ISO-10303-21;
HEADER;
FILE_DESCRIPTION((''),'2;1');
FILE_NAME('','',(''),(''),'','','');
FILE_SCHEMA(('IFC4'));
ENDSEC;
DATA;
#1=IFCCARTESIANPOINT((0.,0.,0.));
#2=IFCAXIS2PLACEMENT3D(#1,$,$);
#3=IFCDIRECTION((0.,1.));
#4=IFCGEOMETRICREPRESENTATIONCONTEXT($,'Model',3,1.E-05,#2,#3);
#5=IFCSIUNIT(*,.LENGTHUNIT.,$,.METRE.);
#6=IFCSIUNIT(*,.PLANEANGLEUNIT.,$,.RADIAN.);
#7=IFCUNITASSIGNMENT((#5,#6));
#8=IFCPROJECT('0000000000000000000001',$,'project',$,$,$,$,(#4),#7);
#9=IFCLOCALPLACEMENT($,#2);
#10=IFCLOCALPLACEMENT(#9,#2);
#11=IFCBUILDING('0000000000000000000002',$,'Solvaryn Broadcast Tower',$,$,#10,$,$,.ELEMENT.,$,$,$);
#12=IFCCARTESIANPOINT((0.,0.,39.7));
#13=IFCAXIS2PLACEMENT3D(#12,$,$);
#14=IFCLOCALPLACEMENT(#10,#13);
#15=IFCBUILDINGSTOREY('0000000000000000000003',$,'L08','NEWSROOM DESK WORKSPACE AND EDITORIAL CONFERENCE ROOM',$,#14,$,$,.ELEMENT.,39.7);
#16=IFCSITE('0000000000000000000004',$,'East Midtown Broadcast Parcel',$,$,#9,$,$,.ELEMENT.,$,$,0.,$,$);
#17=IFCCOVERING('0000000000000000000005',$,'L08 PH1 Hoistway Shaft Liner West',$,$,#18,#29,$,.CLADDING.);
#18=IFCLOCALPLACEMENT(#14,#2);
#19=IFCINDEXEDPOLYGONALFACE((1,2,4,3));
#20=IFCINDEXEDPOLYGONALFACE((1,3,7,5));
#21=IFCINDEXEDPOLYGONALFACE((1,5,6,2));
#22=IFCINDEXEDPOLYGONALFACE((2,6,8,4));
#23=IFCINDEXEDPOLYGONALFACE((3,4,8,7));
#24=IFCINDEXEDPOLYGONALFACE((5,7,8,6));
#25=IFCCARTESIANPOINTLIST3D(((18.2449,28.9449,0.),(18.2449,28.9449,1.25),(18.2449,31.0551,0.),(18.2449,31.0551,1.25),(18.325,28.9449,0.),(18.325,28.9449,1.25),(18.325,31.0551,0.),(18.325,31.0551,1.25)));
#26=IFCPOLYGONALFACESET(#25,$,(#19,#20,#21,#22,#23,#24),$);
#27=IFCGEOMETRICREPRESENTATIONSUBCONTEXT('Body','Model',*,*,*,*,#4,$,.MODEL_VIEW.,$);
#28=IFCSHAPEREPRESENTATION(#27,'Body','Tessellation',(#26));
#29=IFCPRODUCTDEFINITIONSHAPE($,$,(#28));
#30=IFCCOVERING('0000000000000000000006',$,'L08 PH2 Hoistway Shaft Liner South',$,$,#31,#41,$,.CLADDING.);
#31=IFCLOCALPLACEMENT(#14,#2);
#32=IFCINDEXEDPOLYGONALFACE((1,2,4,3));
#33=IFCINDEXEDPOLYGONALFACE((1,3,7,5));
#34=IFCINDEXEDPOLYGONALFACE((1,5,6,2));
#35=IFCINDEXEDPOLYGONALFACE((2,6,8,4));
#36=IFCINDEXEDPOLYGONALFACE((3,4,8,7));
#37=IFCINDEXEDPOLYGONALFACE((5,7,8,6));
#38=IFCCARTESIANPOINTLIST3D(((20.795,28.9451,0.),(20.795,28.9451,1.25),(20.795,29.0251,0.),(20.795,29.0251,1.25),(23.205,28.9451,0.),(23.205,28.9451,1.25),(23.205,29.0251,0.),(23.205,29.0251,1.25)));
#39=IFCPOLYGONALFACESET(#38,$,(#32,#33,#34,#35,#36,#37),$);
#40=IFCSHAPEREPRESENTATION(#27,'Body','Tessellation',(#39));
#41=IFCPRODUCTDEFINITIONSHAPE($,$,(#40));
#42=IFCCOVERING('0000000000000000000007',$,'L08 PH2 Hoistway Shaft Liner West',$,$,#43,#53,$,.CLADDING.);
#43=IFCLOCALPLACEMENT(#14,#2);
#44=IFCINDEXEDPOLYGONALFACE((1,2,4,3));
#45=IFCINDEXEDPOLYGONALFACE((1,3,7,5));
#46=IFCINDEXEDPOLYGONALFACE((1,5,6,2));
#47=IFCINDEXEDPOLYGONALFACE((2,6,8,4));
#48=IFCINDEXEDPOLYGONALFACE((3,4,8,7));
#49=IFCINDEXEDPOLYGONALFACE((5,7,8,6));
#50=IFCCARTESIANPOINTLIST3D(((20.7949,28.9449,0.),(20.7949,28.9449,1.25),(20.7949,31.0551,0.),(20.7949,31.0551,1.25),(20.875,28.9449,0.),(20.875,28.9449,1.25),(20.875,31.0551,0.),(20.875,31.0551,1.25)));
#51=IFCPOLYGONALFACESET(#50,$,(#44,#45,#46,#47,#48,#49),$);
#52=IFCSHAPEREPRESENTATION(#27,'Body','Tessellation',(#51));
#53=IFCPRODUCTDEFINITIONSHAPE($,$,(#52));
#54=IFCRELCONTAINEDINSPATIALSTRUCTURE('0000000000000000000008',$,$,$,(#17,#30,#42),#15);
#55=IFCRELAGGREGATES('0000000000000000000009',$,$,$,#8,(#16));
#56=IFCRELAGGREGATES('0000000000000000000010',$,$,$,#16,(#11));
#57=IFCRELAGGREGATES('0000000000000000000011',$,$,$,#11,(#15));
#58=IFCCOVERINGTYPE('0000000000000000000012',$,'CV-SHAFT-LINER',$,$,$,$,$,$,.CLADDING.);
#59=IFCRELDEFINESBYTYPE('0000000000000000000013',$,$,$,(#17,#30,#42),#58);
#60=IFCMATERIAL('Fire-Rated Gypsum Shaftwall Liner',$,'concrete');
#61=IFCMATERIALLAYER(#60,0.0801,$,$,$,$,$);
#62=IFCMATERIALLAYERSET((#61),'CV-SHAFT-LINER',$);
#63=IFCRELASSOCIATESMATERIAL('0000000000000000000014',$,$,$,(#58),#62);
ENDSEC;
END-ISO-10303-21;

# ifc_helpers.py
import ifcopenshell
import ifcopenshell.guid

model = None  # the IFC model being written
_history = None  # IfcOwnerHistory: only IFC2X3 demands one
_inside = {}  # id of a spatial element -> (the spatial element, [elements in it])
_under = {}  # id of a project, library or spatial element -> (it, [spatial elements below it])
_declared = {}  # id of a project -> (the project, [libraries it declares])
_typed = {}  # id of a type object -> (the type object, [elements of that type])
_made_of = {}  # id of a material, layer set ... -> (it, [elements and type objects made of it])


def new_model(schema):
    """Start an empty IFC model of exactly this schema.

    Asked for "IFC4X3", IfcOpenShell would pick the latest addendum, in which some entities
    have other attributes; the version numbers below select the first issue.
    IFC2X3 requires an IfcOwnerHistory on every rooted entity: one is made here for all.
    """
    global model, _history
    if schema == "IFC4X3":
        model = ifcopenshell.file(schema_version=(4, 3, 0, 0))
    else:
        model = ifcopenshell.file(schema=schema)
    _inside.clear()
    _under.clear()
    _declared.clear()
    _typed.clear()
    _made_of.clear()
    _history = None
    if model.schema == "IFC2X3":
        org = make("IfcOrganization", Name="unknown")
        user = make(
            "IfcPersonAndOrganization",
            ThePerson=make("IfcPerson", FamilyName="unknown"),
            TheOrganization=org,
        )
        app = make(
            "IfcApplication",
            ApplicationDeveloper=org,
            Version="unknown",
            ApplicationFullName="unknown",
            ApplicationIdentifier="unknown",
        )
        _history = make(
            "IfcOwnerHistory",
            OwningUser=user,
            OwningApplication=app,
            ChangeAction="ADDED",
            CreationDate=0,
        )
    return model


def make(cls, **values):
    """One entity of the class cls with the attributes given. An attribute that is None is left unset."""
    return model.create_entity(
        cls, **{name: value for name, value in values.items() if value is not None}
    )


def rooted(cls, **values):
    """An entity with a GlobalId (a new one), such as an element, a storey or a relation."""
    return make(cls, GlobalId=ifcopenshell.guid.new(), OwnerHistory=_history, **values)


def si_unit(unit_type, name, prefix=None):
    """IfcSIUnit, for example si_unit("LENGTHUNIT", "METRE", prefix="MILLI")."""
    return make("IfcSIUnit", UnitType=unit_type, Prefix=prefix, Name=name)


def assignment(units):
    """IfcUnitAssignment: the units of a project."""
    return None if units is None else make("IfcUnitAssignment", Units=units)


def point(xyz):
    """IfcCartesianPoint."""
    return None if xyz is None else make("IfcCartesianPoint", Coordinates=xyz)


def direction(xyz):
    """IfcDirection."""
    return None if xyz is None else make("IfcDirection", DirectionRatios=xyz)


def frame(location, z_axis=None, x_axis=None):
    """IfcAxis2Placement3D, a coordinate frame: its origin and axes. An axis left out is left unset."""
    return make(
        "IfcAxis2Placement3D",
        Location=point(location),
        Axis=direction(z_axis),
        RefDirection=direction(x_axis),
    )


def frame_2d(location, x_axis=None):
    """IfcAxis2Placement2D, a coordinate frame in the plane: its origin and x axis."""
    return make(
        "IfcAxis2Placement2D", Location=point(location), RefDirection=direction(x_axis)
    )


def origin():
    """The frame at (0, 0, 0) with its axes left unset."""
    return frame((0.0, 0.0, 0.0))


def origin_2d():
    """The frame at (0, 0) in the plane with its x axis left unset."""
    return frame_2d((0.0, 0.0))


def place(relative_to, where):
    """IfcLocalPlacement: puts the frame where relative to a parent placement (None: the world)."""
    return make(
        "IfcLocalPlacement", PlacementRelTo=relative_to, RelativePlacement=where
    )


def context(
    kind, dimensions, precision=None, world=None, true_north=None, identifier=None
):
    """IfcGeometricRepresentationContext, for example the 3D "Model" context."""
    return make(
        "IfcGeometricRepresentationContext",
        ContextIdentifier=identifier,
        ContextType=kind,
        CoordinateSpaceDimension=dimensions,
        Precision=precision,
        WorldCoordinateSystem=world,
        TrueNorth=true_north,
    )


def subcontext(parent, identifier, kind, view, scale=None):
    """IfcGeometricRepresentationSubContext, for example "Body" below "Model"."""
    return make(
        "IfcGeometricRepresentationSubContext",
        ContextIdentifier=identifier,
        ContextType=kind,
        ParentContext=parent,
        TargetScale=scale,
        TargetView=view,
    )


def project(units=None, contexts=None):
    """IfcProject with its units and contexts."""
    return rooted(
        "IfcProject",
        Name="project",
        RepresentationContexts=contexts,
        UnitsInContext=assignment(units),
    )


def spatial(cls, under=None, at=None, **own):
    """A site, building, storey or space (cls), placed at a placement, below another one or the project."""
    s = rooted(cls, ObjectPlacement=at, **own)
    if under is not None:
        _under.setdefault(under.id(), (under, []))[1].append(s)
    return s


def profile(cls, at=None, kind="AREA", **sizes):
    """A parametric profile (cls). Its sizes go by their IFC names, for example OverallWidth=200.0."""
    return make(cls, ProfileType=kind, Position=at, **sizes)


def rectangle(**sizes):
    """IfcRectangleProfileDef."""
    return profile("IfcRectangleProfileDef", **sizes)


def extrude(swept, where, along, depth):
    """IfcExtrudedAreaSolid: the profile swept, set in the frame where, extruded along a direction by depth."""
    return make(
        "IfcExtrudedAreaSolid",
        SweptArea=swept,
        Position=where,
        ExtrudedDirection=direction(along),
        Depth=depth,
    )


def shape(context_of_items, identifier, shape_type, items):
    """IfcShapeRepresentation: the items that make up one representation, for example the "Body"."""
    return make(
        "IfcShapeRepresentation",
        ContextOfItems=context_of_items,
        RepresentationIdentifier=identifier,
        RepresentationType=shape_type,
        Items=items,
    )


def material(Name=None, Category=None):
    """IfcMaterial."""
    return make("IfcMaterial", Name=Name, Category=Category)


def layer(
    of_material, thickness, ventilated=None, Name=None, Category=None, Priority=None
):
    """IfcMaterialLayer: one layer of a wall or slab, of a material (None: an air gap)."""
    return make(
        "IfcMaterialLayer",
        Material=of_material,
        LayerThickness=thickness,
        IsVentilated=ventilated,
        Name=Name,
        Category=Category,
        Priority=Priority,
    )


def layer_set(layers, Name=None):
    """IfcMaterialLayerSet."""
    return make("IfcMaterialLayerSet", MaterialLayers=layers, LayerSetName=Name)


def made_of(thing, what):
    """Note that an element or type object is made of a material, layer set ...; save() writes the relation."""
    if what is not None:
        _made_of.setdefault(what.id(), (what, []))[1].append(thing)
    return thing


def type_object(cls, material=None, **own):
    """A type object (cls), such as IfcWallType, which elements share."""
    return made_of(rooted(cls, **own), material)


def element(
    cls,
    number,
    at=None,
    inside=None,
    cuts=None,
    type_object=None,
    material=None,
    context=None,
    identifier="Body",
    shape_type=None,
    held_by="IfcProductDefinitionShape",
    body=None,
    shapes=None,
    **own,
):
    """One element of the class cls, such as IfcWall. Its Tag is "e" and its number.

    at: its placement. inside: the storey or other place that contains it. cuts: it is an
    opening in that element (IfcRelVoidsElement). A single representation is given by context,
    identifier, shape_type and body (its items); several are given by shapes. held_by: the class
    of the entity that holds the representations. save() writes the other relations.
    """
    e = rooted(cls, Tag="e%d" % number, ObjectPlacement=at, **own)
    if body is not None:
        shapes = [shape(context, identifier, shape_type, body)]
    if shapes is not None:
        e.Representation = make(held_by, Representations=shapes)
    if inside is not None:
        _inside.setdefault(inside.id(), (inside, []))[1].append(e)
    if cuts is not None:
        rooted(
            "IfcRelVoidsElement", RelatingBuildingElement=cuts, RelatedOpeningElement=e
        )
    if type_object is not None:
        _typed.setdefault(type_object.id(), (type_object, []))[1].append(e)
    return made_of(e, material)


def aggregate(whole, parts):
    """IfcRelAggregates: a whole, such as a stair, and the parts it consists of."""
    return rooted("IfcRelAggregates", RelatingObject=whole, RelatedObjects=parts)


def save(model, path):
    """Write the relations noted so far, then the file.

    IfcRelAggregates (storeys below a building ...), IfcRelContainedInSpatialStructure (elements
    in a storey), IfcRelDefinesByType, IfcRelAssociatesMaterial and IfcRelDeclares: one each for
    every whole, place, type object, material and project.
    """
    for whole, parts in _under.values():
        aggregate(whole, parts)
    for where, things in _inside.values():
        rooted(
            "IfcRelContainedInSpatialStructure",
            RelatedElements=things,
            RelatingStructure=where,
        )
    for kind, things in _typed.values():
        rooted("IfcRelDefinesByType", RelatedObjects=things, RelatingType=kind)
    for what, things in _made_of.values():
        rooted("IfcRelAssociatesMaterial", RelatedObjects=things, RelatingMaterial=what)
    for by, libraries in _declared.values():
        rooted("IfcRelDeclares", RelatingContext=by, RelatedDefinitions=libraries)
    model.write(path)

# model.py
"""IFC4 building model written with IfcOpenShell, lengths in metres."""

from ifc_helpers import new_model, si_unit, direction, frame, origin, origin_2d, place, context, subcontext, project, spatial, rectangle, extrude, material, layer, layer_set, type_object, element, save


model = new_model("IFC4")

# Units and contexts
model_context = context("Model", 3, precision=1e-05, world=origin(), true_north=direction((0.0, 1.0)))
body_context = subcontext(model_context, "Body", "Model", "MODEL_VIEW")
ifc_project = project(units=[si_unit("LENGTHUNIT", "METRE"), si_unit("PLANEANGLEUNIT", "RADIAN")], contexts=[model_context])

# Site, building, storey
site_placement = place(None, origin())
site = spatial("IfcSite", under=ifc_project, at=site_placement, Name="East Midtown Broadcast Parcel", CompositionType="ELEMENT", RefElevation=0.0)
building_placement = place(site_placement, origin())
building = spatial("IfcBuilding", under=site, at=building_placement, Name="Solvaryn Broadcast Tower", CompositionType="ELEMENT")
storey_placement = place(building_placement, frame((0.0, 0.0, 39.7)))
storey = spatial("IfcBuildingStorey", under=building, at=storey_placement, Name="L08", Description="NEWSROOM DESK WORKSPACE AND EDITORIAL CONFERENCE ROOM", CompositionType="ELEMENT", Elevation=39.7)

# Coverings
ifc_material_1 = material(Name="Fire-Rated Gypsum Shaftwall Liner", Category="concrete")
ifc_layer_1 = layer(ifc_material_1, 0.0801)
ifc_layer_set_1 = layer_set([ifc_layer_1], Name="CV-SHAFT-LINER")
covering_type = type_object("IfcCoveringType", Name="CV-SHAFT-LINER", PredefinedType="CLADDING", material=ifc_layer_set_1)
for number, where, z_axis, x_axis, name in (
    (1, (18.2849, 30.0, 0.0), (0.0, 0.0, 1.0), (1.0, 0.0, 0.0), "L08 PH1 Hoistway Shaft Liner West"),
):
    element("IfcCovering", number, at=place(storey_placement, frame(where, z_axis=z_axis, x_axis=x_axis)), inside=storey, type_object=covering_type, Name=name, PredefinedType="CLADDING", context=body_context, shape_type="SweptSolid", body=[
        extrude(rectangle(XDim=0.0801, YDim=2.1101, at=origin_2d()), origin(), (0.0, 0.0, 1.0), 1.25),
    ])
covering_1_placement = place(storey_placement, frame((22.0, 28.9851, 0.0), z_axis=(0.0, 0.0, 1.0), x_axis=(1.0, 0.0, 0.0)))
element("IfcCovering", 2, at=covering_1_placement, inside=storey, type_object=covering_type, Name="L08 PH2 Hoistway Shaft Liner South", PredefinedType="CLADDING", context=body_context, shape_type="SweptSolid", body=[
    extrude(rectangle(XDim=2.4099, YDim=0.0801, at=origin_2d()), origin(), (0.0, 0.0, 1.0), 1.25),
])
covering_2_placement = place(storey_placement, frame((20.835, 30.0, 0.0), z_axis=(0.0, 0.0, 1.0), x_axis=(1.0, 0.0, 0.0)))
element("IfcCovering", 3, at=covering_2_placement, inside=storey, type_object=covering_type, Name="L08 PH2 Hoistway Shaft Liner West", PredefinedType="CLADDING", context=body_context, shape_type="SweptSolid", body=[
    extrude(rectangle(XDim=0.0801, YDim=2.1101, at=origin_2d()), origin(), (0.0, 0.0, 1.0), 1.25),
])

save(model, "model.ifc")
